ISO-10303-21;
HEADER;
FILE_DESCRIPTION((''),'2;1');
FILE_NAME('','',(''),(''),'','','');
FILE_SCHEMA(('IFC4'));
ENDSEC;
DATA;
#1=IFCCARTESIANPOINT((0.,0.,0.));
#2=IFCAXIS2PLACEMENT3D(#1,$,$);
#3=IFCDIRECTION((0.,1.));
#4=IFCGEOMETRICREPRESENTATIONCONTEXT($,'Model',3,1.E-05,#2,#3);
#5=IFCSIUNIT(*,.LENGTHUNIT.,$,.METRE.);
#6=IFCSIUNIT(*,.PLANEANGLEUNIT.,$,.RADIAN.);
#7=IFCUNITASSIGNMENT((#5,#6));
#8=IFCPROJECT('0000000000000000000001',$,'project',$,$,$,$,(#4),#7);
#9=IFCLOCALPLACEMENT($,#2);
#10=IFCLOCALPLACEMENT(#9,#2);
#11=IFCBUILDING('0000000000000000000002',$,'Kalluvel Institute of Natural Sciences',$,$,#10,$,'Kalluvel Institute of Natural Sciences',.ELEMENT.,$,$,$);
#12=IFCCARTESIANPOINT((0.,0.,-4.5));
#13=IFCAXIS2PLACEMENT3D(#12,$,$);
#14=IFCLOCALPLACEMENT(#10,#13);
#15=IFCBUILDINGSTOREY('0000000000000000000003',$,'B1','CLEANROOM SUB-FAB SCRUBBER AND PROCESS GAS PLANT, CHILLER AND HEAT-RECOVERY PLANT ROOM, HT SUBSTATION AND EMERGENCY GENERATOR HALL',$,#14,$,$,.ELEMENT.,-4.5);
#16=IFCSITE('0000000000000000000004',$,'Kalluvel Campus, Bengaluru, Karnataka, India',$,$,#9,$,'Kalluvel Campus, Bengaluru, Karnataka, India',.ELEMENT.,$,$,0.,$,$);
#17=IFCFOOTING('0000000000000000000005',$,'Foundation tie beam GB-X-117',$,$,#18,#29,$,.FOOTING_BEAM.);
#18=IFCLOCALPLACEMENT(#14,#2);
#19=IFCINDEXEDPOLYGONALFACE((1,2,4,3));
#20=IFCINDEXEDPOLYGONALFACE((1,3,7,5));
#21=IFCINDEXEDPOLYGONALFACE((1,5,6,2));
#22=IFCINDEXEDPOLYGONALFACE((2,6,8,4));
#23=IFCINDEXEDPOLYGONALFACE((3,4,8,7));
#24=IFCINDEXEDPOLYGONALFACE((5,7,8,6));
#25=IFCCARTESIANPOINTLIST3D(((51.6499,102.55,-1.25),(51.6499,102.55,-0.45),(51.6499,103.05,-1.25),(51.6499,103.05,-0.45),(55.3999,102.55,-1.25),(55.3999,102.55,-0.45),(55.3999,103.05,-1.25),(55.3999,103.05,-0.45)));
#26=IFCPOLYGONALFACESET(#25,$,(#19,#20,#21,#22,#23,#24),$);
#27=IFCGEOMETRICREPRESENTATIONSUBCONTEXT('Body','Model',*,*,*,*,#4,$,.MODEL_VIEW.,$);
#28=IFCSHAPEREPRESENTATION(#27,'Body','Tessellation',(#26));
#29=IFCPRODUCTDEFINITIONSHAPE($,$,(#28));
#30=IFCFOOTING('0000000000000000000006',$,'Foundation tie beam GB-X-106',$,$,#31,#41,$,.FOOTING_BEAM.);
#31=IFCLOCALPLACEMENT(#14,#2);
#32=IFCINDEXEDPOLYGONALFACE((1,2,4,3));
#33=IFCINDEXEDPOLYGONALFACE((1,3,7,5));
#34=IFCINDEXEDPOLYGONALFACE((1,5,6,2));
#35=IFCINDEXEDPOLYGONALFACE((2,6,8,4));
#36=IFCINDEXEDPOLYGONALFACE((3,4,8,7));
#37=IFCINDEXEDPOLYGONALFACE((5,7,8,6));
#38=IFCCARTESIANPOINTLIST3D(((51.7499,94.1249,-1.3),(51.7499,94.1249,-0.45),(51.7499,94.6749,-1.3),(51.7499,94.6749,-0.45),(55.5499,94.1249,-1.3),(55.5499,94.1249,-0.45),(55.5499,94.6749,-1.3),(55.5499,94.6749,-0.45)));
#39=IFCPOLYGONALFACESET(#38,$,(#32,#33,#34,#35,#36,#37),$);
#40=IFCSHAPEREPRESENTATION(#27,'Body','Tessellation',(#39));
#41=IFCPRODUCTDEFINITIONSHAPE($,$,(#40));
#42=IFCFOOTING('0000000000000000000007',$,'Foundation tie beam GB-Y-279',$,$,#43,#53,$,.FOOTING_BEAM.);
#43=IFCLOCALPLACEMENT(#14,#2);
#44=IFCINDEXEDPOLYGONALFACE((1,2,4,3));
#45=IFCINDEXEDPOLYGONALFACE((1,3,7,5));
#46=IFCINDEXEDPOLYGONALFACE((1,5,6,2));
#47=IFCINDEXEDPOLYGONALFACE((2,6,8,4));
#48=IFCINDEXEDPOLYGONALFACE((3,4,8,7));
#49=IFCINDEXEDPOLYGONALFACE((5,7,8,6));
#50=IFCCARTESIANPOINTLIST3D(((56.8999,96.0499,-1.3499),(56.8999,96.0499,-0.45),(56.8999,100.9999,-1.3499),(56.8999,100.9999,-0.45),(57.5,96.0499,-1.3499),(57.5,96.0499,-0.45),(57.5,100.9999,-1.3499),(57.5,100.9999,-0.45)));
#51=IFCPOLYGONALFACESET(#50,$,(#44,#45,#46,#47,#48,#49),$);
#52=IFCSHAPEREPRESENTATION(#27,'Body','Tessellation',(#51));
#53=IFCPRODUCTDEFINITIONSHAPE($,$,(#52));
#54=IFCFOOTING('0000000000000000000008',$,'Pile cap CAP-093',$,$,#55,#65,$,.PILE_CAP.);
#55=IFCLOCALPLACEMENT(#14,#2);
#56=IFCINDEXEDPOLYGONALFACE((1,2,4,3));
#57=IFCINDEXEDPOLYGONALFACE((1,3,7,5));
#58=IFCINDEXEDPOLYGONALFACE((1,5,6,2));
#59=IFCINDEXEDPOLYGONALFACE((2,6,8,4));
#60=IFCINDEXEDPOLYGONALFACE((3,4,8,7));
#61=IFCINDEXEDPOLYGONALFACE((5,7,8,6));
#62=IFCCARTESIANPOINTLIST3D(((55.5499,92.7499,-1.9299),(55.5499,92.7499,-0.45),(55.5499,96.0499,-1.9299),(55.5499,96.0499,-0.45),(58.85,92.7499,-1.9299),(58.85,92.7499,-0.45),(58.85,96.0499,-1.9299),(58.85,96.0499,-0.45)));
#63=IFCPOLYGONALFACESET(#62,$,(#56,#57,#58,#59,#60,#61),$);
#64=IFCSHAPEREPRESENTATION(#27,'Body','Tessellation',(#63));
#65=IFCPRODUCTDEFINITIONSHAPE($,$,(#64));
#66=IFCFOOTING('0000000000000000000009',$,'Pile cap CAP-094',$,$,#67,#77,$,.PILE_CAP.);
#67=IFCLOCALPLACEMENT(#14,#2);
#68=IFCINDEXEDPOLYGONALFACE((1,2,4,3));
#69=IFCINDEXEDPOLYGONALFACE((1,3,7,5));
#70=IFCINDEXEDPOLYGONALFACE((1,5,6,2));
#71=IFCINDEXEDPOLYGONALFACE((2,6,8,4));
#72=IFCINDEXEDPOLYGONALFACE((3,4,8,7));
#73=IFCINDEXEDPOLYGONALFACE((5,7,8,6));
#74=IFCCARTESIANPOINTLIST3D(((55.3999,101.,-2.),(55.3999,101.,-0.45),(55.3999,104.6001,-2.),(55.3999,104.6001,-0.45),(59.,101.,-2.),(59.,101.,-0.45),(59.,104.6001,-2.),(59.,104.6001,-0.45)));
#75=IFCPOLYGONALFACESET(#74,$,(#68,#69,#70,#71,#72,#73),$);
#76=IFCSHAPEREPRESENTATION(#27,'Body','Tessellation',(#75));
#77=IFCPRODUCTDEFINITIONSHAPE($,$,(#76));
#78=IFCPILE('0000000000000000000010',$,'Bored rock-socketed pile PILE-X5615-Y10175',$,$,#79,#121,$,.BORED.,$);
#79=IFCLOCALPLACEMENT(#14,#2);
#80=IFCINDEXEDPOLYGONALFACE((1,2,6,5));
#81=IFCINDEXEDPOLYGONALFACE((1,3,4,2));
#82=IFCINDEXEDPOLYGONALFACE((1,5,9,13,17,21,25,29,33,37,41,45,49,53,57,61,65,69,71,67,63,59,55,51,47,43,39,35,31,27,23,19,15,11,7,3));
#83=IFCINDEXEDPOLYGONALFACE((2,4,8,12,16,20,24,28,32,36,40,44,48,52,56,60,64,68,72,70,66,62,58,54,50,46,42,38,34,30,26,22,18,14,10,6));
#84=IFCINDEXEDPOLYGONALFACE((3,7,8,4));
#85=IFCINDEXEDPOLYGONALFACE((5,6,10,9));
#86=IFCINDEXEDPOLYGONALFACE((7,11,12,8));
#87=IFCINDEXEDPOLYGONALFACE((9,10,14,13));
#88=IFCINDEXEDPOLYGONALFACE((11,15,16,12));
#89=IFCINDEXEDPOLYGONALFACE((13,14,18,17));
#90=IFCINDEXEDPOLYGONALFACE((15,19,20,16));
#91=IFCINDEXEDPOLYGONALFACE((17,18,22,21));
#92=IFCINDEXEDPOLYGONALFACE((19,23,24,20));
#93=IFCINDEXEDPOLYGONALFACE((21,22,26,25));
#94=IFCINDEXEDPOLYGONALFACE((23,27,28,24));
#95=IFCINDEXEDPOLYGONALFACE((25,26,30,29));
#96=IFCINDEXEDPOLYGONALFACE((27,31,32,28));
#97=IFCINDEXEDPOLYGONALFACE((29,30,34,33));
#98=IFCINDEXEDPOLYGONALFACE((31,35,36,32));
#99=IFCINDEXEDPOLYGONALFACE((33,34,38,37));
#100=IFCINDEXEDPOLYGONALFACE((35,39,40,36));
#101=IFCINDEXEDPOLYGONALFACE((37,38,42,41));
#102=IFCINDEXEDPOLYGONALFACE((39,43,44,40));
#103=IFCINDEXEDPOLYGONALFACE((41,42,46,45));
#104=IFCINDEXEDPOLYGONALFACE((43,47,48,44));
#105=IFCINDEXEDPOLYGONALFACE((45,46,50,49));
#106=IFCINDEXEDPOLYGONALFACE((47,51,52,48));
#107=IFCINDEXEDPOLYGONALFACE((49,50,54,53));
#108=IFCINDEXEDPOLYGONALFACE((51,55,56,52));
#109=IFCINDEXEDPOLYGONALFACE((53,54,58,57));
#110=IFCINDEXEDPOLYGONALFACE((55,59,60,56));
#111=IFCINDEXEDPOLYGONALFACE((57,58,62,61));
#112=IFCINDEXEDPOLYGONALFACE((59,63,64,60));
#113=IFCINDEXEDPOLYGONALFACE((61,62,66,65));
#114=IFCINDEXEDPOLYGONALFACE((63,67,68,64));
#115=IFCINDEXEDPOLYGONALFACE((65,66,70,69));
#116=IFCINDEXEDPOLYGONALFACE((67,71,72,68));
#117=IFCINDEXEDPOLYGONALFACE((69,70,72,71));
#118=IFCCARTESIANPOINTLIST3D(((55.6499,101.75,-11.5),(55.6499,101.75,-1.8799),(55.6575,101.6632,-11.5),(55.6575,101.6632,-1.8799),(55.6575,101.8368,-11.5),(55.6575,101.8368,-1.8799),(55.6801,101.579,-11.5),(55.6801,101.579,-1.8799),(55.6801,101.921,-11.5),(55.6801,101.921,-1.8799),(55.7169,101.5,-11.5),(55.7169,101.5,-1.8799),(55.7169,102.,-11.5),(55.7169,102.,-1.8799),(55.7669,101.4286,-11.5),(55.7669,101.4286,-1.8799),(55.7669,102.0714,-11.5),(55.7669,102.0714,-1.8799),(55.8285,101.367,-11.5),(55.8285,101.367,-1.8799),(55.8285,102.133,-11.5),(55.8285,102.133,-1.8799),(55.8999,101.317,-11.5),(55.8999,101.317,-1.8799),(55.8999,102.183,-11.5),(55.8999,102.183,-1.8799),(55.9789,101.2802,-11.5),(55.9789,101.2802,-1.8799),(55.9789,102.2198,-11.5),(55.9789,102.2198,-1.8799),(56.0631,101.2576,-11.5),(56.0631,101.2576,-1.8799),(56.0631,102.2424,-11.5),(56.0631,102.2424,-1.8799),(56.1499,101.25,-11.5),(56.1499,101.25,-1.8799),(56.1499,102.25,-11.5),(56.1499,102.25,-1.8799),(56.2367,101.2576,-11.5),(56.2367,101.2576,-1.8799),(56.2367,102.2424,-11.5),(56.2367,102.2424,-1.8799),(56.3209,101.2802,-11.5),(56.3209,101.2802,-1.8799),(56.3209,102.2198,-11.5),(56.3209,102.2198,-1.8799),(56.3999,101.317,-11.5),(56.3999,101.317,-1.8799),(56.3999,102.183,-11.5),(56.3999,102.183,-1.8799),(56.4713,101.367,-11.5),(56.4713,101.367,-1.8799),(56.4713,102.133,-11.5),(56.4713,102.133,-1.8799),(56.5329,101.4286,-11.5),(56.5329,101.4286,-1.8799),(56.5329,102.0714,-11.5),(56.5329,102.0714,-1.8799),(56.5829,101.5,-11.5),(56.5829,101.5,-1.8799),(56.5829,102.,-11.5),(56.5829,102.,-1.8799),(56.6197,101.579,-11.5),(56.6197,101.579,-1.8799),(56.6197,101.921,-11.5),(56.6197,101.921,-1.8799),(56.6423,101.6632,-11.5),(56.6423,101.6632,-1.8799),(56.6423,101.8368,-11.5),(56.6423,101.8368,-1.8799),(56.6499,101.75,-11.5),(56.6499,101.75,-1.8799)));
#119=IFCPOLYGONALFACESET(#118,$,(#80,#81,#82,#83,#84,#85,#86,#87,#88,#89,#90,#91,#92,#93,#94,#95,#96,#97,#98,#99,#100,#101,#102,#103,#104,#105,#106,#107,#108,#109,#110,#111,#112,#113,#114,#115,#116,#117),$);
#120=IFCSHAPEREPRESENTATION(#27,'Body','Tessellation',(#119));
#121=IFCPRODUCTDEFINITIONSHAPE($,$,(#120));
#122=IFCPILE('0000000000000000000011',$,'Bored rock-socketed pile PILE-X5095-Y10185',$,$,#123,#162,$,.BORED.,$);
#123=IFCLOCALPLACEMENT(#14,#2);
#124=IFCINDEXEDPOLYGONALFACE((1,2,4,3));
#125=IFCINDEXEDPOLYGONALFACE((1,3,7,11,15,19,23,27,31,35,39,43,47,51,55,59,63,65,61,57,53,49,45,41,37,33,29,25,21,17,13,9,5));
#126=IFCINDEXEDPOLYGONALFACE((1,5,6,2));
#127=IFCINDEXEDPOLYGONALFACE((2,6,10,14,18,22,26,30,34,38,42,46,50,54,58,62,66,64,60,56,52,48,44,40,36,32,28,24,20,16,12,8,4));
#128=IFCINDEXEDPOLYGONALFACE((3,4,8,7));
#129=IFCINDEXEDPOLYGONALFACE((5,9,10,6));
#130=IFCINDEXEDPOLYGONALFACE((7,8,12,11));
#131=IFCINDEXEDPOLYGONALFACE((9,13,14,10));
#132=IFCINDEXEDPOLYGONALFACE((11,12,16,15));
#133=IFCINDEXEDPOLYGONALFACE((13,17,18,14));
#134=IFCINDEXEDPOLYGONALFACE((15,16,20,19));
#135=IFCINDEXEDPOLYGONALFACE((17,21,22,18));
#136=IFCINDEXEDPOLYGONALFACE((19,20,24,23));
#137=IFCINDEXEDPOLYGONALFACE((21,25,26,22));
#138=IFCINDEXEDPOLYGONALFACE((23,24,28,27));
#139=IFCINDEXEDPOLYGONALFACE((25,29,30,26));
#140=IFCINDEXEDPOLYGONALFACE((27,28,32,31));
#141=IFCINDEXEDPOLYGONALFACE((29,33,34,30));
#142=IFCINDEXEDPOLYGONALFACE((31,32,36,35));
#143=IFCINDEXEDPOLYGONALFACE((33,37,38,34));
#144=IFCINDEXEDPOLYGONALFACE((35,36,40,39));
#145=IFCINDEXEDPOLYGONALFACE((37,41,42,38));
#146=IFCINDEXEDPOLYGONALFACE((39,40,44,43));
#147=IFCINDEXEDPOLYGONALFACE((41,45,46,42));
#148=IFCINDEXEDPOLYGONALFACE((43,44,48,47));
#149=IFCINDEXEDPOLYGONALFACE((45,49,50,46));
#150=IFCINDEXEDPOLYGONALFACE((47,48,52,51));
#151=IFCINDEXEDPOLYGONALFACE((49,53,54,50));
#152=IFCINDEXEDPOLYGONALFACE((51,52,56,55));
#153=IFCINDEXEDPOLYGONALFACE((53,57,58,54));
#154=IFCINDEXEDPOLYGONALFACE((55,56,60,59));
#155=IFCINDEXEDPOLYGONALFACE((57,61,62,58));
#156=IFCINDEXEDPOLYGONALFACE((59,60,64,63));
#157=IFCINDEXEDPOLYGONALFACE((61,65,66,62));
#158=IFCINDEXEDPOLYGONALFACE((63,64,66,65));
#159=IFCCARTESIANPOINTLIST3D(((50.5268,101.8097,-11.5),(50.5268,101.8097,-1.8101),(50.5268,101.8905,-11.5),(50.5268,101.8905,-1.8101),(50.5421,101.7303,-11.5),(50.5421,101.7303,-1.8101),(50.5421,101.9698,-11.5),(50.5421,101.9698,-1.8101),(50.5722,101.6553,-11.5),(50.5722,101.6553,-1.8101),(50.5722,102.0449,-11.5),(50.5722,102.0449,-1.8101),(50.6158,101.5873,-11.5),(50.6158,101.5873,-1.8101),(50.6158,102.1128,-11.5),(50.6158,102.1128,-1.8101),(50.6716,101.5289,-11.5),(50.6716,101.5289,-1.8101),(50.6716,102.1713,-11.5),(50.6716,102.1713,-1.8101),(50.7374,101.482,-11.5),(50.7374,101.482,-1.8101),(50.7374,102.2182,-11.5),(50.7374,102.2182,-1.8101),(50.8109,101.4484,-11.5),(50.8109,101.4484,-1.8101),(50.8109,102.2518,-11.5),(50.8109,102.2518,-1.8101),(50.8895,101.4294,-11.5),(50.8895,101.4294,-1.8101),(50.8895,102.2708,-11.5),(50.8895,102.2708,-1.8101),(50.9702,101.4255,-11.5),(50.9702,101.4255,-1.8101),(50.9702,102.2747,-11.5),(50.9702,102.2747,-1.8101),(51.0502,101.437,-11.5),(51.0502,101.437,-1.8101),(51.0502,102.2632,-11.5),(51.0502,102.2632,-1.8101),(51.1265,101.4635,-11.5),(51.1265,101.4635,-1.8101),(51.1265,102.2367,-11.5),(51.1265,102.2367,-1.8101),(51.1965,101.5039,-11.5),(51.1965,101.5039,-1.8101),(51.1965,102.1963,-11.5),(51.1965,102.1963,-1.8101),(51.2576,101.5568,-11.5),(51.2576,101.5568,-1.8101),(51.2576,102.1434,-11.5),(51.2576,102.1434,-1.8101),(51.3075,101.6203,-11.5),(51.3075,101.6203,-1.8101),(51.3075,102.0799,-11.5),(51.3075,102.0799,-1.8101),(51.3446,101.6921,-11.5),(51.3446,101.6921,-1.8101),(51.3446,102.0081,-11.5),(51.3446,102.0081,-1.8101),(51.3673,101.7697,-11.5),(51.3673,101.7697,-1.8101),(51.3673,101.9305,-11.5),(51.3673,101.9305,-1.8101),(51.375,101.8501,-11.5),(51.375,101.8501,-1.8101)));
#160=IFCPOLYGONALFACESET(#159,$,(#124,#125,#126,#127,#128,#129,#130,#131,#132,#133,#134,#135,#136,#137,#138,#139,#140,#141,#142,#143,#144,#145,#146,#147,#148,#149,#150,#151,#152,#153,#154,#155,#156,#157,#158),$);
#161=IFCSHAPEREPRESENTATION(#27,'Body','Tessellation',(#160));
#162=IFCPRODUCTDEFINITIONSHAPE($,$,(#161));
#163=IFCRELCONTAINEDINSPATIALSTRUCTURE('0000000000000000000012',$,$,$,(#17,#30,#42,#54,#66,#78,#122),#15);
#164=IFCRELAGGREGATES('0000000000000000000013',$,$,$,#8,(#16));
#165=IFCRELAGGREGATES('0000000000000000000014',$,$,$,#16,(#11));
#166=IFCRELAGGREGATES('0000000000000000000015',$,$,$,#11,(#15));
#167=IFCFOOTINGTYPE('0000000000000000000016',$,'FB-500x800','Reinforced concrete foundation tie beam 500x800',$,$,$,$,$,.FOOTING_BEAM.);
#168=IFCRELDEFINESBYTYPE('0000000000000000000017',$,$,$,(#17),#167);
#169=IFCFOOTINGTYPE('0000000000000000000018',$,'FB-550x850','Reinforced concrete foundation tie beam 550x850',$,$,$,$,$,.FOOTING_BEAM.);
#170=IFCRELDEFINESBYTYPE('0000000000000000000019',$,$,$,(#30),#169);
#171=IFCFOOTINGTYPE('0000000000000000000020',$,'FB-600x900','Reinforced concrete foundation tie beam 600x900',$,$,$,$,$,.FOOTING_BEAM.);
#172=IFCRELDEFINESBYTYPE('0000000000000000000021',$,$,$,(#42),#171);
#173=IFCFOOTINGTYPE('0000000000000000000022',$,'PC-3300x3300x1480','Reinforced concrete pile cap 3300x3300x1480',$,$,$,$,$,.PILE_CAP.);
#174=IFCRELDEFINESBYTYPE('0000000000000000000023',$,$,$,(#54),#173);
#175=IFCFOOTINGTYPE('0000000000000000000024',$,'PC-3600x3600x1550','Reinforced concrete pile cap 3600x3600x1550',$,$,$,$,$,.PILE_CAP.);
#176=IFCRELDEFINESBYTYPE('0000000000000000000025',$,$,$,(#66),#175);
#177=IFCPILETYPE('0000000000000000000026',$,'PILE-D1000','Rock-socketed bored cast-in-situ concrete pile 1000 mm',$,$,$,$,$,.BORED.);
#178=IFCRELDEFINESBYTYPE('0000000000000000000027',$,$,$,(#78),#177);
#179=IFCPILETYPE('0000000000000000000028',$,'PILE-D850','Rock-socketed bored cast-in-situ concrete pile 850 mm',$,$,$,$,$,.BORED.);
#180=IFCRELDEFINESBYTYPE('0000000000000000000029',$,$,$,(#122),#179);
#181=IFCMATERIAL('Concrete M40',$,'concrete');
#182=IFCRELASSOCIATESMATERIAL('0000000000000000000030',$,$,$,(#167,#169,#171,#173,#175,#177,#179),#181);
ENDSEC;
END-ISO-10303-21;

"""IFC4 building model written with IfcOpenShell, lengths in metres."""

from ifc_helpers import new_model, si_unit, direction, frame, origin, origin_2d, place, context, subcontext, project, spatial, rectangle, circle, extrude, material, material_profile, profile_set, type_object, element, save


model = new_model("IFC4")

# Units and contexts
model_context = context("Model", 3, precision=1e-05, world=origin(), true_north=direction((0.0, 1.0)))
body_context = subcontext(model_context, "Body", "Model", "MODEL_VIEW")
ifc_project = project(units=[si_unit("LENGTHUNIT", "METRE"), si_unit("PLANEANGLEUNIT", "RADIAN")], contexts=[model_context])

# Site, building, storey
site_placement = place(None, origin())
site = spatial("IfcSite", under=ifc_project, at=site_placement, Name="Kalluvel Campus, Bengaluru, Karnataka, India", LongName="Kalluvel Campus, Bengaluru, Karnataka, India", CompositionType="ELEMENT", RefElevation=0.0)
building_placement = place(site_placement, origin())
building = spatial("IfcBuilding", under=site, at=building_placement, Name="Kalluvel Institute of Natural Sciences", LongName="Kalluvel Institute of Natural Sciences", CompositionType="ELEMENT")
storey_placement = place(building_placement, frame((0.0, 0.0, -4.5)))
storey = spatial("IfcBuildingStorey", under=building, at=storey_placement, Name="B1", Description="CLEANROOM SUB-FAB SCRUBBER AND PROCESS GAS PLANT, CHILLER AND HEAT-RECOVERY PLANT ROOM, HT SUBSTATION AND EMERGENCY GENERATOR HALL", CompositionType="ELEMENT", Elevation=-4.5)

# Footings
ifc_material_1 = material(Name="Concrete M40", Category="concrete")
footing_type_1 = type_object("IfcFootingType", Name="FB-500x800", Description="Reinforced concrete foundation tie beam 500x800", PredefinedType="FOOTING_BEAM", material=ifc_material_1)
footing_1_placement = place(storey_placement, frame((53.5249, 102.8, -1.25), z_axis=(0.0, 0.0, 1.0), x_axis=(1.0, 0.0, 0.0)))
element("IfcFooting", 1, at=footing_1_placement, inside=storey, type_object=footing_type_1, Name="Foundation tie beam GB-X-117", PredefinedType="FOOTING_BEAM", context=body_context, shape_type="SweptSolid", body=[
    extrude(rectangle(XDim=3.75, YDim=0.5, at=origin_2d()), origin(), (0.0, 0.0, 1.0), 0.8),
])
footing_type_2 = type_object("IfcFootingType", Name="FB-550x850", Description="Reinforced concrete foundation tie beam 550x850", PredefinedType="FOOTING_BEAM", material=ifc_material_1)
footing_2_placement = place(storey_placement, frame((53.6499, 94.3999, -1.3), z_axis=(0.0, 0.0, 1.0), x_axis=(1.0, 0.0, 0.0)))
element("IfcFooting", 2, at=footing_2_placement, inside=storey, type_object=footing_type_2, Name="Foundation tie beam GB-X-106", PredefinedType="FOOTING_BEAM", context=body_context, shape_type="SweptSolid", body=[
    extrude(rectangle(XDim=3.8, YDim=0.55, at=origin_2d()), origin(), (0.0, 0.0, 1.0), 0.8501),
])
footing_type_3 = type_object("IfcFootingType", Name="FB-600x900", Description="Reinforced concrete foundation tie beam 600x900", PredefinedType="FOOTING_BEAM", material=ifc_material_1)
footing_3_placement = place(storey_placement, frame((57.2, 98.5249, -1.3499), z_axis=(0.0, 0.0, 1.0), x_axis=(1.0, 0.0, 0.0)))
element("IfcFooting", 3, at=footing_3_placement, inside=storey, type_object=footing_type_3, Name="Foundation tie beam GB-Y-279", PredefinedType="FOOTING_BEAM", context=body_context, shape_type="SweptSolid", body=[
    extrude(rectangle(XDim=0.6001, YDim=4.95, at=origin_2d()), origin(), (0.0, 0.0, 1.0), 0.8999),
])
footing_type_4 = type_object("IfcFootingType", Name="PC-3300x3300x1480", Description="Reinforced concrete pile cap 3300x3300x1480", PredefinedType="PILE_CAP", material=ifc_material_1)
footing_4_placement = place(storey_placement, frame((57.2, 94.3999, -1.9299), z_axis=(0.0, 0.0, 1.0), x_axis=(1.0, 0.0, 0.0)))
element("IfcFooting", 4, at=footing_4_placement, inside=storey, type_object=footing_type_4, Name="Pile cap CAP-093", PredefinedType="PILE_CAP", context=body_context, shape_type="SweptSolid", body=[
    extrude(rectangle(XDim=3.3, YDim=3.3, at=origin_2d()), origin(), (0.0, 0.0, 1.0), 1.48),
])
footing_type_5 = type_object("IfcFootingType", Name="PC-3600x3600x1550", Description="Reinforced concrete pile cap 3600x3600x1550", PredefinedType="PILE_CAP", material=ifc_material_1)
footing_5_placement = place(storey_placement, frame((57.2, 102.8, -2.0), z_axis=(0.0, 0.0, 1.0), x_axis=(1.0, 0.0, 0.0)))
element("IfcFooting", 5, at=footing_5_placement, inside=storey, type_object=footing_type_5, Name="Pile cap CAP-094", PredefinedType="PILE_CAP", context=body_context, shape_type="SweptSolid", body=[
    extrude(rectangle(XDim=3.6001, YDim=3.6001, at=origin_2d()), origin(), (0.0, 0.0, 1.0), 1.55),
])

# Piles
ifc_material_profile_1 = material_profile(ifc_material_1, circle(Radius=0.5, at=origin_2d()), Name="PILE D1000")
ifc_profile_set_1 = profile_set([ifc_material_profile_1], Name="Concrete M40")
pile_type_1 = type_object("IfcPileType", Name="PILE-D1000", Description="Rock-socketed bored cast-in-situ concrete pile 1000 mm", PredefinedType="BORED", material=ifc_profile_set_1)
pile_1_placement = place(storey_placement, frame((56.1499, 101.75, -1.8799), z_axis=(0.0, 0.0, -1.0), x_axis=(1.0, 0.0, 0.0)))
element("IfcPile", 6, at=pile_1_placement, inside=storey, type_object=pile_type_1, Name="Bored rock-socketed pile PILE-X5615-Y10175", PredefinedType="BORED", context=body_context, shape_type="SweptSolid", body=[
    extrude(circle(Radius=0.5, at=origin_2d()), origin(), (0.0, 0.0, 1.0), 9.6201),
])
ifc_material_profile_2 = material_profile(ifc_material_1, circle(Radius=0.425, at=origin_2d()), Name="PILE D850")
ifc_profile_set_2 = profile_set([ifc_material_profile_2], Name="Concrete M40")
pile_type_2 = type_object("IfcPileType", Name="PILE-D850", Description="Rock-socketed bored cast-in-situ concrete pile 850 mm", PredefinedType="BORED", material=ifc_profile_set_2)
for number, where, z_axis, x_axis, name in (
    (7, (50.95, 101.8501, -1.8101), (0.0, 0.0, -1.0), (1.0, 0.0, 0.0), "Bored rock-socketed pile PILE-X5095-Y10185"),
):
    element("IfcPile", number, at=place(storey_placement, frame(where, z_axis=z_axis, x_axis=x_axis)), inside=storey, type_object=pile_type_2, Name=name, PredefinedType="BORED", context=body_context, shape_type="SweptSolid", body=[
        extrude(circle(Radius=0.425, at=origin_2d()), origin(), (0.0, 0.0, 1.0), 9.6899),
    ])

save(model, "model.ifc")
